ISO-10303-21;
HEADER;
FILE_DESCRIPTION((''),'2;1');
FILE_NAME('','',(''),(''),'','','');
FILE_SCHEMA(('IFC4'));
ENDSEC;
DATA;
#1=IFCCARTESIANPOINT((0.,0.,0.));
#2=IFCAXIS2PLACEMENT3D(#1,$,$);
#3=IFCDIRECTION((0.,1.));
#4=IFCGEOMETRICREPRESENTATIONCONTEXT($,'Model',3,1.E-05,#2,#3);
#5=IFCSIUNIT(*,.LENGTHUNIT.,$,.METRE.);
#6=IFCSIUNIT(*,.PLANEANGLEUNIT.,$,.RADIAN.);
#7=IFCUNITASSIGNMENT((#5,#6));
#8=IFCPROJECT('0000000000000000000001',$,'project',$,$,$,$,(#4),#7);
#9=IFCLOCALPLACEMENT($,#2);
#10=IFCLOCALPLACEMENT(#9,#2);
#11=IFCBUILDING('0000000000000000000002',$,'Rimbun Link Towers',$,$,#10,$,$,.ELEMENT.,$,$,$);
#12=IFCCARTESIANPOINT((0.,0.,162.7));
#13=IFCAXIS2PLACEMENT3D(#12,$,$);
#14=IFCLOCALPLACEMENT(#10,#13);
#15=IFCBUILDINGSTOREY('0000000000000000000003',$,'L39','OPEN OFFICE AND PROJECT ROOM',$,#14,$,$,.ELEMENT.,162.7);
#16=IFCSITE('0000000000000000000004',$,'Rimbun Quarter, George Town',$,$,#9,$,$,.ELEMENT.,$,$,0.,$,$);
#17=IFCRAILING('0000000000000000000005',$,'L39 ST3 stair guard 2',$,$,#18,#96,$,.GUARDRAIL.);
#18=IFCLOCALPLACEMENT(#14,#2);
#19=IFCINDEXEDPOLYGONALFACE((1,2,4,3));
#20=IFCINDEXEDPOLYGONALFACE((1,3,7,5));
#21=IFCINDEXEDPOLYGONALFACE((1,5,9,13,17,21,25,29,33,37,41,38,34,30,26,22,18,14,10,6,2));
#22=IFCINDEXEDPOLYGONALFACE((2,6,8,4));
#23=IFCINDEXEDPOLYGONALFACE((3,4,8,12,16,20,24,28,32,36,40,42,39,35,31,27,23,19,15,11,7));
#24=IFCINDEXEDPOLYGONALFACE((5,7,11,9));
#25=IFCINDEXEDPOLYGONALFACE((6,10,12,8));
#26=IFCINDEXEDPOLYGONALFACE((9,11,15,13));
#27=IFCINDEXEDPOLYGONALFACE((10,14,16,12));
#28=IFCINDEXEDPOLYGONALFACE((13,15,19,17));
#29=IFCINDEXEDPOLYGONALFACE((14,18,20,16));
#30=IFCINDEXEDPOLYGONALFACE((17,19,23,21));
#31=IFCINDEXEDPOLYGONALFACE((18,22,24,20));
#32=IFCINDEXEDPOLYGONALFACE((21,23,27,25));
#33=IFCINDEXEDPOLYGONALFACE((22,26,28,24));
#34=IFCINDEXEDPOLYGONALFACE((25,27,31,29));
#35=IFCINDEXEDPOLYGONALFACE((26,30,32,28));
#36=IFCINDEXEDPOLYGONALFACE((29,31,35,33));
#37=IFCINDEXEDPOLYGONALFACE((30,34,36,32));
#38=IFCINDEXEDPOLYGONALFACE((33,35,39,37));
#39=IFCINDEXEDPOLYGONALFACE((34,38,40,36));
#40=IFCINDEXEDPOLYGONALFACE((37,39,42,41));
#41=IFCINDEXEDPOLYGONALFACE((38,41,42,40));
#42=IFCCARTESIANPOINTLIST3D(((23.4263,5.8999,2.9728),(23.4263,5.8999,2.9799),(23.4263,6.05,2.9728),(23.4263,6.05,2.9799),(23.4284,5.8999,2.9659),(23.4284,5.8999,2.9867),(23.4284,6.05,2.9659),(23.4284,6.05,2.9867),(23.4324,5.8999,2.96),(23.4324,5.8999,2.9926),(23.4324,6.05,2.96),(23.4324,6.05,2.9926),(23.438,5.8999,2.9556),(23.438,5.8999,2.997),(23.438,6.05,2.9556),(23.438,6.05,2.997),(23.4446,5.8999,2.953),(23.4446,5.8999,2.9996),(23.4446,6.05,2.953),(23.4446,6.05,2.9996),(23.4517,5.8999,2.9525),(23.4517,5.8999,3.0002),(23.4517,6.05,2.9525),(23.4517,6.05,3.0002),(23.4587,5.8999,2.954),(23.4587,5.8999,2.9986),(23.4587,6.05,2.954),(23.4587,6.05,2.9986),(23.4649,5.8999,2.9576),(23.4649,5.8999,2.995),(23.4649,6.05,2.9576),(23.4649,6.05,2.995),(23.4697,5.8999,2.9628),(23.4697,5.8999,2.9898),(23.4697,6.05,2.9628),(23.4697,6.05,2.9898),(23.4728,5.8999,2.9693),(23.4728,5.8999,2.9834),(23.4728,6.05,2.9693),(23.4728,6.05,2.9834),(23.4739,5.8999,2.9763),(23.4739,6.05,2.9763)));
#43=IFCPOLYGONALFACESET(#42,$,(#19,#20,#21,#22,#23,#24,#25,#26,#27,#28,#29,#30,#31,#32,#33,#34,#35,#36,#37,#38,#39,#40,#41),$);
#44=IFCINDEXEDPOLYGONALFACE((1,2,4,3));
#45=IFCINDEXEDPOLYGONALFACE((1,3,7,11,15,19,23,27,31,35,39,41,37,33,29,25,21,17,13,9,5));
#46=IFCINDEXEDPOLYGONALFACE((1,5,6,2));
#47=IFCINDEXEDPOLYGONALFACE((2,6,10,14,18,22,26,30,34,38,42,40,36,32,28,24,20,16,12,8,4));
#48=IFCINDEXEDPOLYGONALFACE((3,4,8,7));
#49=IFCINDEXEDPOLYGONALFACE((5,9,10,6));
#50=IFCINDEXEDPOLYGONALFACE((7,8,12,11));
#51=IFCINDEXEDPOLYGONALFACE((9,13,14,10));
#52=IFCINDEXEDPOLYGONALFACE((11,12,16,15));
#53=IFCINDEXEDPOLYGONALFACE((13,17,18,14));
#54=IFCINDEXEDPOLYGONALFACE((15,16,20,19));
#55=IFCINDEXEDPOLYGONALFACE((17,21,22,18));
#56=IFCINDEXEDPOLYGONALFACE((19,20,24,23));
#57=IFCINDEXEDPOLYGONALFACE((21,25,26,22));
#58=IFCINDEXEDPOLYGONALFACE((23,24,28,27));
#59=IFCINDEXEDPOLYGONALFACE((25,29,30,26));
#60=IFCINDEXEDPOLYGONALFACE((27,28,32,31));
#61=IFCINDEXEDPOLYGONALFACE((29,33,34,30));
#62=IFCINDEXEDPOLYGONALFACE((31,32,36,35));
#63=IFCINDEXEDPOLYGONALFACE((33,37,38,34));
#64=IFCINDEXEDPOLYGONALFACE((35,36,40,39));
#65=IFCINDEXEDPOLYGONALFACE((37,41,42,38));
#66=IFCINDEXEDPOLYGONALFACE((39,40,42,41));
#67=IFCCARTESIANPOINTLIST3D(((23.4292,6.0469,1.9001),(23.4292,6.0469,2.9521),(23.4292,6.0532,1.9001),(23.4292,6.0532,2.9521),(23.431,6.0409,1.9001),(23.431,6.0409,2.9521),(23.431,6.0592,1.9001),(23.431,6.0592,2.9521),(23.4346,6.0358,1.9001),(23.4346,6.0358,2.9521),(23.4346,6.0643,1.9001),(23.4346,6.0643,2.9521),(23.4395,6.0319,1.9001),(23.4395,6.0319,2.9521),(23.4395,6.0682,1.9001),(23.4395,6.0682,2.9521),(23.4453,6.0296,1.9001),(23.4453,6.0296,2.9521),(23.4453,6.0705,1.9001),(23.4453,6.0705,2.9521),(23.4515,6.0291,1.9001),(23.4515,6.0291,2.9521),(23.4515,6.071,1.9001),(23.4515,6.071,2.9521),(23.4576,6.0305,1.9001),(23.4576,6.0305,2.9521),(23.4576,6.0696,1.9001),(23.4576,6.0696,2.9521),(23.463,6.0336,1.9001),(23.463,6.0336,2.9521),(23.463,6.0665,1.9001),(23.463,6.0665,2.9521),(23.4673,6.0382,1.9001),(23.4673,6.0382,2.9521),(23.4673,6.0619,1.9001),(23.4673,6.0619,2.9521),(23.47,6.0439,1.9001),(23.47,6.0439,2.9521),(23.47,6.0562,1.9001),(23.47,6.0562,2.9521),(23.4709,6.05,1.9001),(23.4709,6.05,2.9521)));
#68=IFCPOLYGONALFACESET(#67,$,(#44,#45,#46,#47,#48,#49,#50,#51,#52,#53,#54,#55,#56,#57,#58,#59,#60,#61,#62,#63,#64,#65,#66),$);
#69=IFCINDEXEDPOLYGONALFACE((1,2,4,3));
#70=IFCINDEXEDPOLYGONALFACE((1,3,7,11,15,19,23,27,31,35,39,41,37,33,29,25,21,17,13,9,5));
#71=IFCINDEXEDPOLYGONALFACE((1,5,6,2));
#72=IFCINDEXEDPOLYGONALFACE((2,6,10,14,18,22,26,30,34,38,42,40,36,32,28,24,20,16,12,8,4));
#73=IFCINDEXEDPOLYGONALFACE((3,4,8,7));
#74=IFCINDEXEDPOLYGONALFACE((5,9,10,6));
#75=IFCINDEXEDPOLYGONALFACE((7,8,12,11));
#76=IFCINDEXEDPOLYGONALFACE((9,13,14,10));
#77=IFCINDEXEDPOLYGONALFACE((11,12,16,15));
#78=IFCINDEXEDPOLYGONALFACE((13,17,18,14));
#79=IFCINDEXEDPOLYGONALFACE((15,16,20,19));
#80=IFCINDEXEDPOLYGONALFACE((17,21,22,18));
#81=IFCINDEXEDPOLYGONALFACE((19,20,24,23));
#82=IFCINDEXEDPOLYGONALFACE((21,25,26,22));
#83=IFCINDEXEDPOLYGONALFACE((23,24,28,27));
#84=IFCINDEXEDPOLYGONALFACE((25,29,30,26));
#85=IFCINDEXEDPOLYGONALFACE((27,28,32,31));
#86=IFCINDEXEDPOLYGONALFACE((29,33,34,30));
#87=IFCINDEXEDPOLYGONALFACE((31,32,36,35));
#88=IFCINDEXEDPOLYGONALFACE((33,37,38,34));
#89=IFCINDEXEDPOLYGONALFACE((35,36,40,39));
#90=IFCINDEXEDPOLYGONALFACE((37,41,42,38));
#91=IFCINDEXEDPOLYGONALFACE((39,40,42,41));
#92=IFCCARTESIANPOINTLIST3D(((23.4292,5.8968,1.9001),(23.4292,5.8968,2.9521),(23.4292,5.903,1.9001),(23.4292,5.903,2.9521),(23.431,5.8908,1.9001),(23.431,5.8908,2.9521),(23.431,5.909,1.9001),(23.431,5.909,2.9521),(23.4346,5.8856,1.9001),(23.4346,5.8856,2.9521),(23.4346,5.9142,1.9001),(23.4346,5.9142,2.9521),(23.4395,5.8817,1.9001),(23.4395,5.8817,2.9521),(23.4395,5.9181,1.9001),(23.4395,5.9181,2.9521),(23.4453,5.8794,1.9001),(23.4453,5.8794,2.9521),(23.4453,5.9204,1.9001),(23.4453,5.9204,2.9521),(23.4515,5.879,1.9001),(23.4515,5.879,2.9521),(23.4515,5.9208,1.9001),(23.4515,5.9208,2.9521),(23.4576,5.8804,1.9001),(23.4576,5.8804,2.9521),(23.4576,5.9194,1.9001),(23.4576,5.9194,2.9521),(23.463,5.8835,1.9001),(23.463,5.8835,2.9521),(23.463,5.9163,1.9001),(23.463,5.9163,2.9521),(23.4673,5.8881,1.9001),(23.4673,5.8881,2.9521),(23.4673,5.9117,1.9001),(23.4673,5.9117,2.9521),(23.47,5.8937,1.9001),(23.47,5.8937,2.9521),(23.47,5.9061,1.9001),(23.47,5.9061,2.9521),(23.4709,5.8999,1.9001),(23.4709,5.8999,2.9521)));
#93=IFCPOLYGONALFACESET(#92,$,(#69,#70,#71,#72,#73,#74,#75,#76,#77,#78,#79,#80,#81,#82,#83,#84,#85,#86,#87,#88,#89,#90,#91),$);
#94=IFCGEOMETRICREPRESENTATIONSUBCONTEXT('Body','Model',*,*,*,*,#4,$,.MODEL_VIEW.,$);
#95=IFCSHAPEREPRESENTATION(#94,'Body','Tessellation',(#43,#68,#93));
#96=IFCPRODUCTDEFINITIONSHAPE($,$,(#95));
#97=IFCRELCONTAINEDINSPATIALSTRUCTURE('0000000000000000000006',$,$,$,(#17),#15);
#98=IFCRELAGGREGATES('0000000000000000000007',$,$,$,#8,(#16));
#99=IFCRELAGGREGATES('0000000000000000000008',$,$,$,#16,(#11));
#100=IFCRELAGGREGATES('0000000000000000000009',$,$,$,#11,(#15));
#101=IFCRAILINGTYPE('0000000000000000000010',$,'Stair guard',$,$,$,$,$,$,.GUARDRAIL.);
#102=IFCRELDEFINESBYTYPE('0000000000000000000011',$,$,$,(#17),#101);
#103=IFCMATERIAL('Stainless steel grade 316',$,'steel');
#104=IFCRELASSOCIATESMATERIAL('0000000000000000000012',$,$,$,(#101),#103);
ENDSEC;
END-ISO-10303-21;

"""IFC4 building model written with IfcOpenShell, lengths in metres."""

from ifc_helpers import new_model, si_unit, direction, frame, origin, origin_2d, place, context, subcontext, project, spatial, circle, extrude, material, type_object, element, save


model = new_model("IFC4")

# Units and contexts
model_context = context("Model", 3, precision=1e-05, world=origin(), true_north=direction((0.0, 1.0)))
body_context = subcontext(model_context, "Body", "Model", "MODEL_VIEW")
ifc_project = project(units=[si_unit("LENGTHUNIT", "METRE"), si_unit("PLANEANGLEUNIT", "RADIAN")], contexts=[model_context])

# Site, building, storey
site_placement = place(None, origin())
site = spatial("IfcSite", under=ifc_project, at=site_placement, Name="Rimbun Quarter, George Town", CompositionType="ELEMENT", RefElevation=0.0)
building_placement = place(site_placement, origin())
building = spatial("IfcBuilding", under=site, at=building_placement, Name="Rimbun Link Towers", CompositionType="ELEMENT")
storey_placement = place(building_placement, frame((0.0, 0.0, 162.7)))
storey = spatial("IfcBuildingStorey", under=building, at=storey_placement, Name="L39", Description="OPEN OFFICE AND PROJECT ROOM", CompositionType="ELEMENT", Elevation=162.7)

# Railing
ifc_material_1 = material(Name="Stainless steel grade 316", Category="steel")
railing_type_1 = type_object("IfcRailingType", Name="Stair guard", PredefinedType="GUARDRAIL", material=ifc_material_1)
railing_1_placement = place(storey_placement, frame((23.45, 6.05, 1.9001)))
element("IfcRailing", 1, at=railing_1_placement, inside=storey, type_object=railing_type_1, Name="L39 ST3 stair guard 2", PredefinedType="GUARDRAIL", context=body_context, shape_type="SweptSolid", body=[
    extrude(circle(Radius=0.0239, at=origin_2d()), frame((0.0, 0.0, 1.0762), z_axis=(0.0, -1.0, 0.0), x_axis=(1.0, 0.0, 0.0)), (0.0, 0.0, 1.0), 0.1501),
    extrude(circle(Radius=0.021, at=origin_2d()), origin(), (0.0, 0.0, 1.0), 1.052),
    extrude(circle(Radius=0.021, at=origin_2d()), frame((0.0, -0.1501, 0.0)), (0.0, 0.0, 1.0), 1.052),
])

save(model, "model.ifc")
